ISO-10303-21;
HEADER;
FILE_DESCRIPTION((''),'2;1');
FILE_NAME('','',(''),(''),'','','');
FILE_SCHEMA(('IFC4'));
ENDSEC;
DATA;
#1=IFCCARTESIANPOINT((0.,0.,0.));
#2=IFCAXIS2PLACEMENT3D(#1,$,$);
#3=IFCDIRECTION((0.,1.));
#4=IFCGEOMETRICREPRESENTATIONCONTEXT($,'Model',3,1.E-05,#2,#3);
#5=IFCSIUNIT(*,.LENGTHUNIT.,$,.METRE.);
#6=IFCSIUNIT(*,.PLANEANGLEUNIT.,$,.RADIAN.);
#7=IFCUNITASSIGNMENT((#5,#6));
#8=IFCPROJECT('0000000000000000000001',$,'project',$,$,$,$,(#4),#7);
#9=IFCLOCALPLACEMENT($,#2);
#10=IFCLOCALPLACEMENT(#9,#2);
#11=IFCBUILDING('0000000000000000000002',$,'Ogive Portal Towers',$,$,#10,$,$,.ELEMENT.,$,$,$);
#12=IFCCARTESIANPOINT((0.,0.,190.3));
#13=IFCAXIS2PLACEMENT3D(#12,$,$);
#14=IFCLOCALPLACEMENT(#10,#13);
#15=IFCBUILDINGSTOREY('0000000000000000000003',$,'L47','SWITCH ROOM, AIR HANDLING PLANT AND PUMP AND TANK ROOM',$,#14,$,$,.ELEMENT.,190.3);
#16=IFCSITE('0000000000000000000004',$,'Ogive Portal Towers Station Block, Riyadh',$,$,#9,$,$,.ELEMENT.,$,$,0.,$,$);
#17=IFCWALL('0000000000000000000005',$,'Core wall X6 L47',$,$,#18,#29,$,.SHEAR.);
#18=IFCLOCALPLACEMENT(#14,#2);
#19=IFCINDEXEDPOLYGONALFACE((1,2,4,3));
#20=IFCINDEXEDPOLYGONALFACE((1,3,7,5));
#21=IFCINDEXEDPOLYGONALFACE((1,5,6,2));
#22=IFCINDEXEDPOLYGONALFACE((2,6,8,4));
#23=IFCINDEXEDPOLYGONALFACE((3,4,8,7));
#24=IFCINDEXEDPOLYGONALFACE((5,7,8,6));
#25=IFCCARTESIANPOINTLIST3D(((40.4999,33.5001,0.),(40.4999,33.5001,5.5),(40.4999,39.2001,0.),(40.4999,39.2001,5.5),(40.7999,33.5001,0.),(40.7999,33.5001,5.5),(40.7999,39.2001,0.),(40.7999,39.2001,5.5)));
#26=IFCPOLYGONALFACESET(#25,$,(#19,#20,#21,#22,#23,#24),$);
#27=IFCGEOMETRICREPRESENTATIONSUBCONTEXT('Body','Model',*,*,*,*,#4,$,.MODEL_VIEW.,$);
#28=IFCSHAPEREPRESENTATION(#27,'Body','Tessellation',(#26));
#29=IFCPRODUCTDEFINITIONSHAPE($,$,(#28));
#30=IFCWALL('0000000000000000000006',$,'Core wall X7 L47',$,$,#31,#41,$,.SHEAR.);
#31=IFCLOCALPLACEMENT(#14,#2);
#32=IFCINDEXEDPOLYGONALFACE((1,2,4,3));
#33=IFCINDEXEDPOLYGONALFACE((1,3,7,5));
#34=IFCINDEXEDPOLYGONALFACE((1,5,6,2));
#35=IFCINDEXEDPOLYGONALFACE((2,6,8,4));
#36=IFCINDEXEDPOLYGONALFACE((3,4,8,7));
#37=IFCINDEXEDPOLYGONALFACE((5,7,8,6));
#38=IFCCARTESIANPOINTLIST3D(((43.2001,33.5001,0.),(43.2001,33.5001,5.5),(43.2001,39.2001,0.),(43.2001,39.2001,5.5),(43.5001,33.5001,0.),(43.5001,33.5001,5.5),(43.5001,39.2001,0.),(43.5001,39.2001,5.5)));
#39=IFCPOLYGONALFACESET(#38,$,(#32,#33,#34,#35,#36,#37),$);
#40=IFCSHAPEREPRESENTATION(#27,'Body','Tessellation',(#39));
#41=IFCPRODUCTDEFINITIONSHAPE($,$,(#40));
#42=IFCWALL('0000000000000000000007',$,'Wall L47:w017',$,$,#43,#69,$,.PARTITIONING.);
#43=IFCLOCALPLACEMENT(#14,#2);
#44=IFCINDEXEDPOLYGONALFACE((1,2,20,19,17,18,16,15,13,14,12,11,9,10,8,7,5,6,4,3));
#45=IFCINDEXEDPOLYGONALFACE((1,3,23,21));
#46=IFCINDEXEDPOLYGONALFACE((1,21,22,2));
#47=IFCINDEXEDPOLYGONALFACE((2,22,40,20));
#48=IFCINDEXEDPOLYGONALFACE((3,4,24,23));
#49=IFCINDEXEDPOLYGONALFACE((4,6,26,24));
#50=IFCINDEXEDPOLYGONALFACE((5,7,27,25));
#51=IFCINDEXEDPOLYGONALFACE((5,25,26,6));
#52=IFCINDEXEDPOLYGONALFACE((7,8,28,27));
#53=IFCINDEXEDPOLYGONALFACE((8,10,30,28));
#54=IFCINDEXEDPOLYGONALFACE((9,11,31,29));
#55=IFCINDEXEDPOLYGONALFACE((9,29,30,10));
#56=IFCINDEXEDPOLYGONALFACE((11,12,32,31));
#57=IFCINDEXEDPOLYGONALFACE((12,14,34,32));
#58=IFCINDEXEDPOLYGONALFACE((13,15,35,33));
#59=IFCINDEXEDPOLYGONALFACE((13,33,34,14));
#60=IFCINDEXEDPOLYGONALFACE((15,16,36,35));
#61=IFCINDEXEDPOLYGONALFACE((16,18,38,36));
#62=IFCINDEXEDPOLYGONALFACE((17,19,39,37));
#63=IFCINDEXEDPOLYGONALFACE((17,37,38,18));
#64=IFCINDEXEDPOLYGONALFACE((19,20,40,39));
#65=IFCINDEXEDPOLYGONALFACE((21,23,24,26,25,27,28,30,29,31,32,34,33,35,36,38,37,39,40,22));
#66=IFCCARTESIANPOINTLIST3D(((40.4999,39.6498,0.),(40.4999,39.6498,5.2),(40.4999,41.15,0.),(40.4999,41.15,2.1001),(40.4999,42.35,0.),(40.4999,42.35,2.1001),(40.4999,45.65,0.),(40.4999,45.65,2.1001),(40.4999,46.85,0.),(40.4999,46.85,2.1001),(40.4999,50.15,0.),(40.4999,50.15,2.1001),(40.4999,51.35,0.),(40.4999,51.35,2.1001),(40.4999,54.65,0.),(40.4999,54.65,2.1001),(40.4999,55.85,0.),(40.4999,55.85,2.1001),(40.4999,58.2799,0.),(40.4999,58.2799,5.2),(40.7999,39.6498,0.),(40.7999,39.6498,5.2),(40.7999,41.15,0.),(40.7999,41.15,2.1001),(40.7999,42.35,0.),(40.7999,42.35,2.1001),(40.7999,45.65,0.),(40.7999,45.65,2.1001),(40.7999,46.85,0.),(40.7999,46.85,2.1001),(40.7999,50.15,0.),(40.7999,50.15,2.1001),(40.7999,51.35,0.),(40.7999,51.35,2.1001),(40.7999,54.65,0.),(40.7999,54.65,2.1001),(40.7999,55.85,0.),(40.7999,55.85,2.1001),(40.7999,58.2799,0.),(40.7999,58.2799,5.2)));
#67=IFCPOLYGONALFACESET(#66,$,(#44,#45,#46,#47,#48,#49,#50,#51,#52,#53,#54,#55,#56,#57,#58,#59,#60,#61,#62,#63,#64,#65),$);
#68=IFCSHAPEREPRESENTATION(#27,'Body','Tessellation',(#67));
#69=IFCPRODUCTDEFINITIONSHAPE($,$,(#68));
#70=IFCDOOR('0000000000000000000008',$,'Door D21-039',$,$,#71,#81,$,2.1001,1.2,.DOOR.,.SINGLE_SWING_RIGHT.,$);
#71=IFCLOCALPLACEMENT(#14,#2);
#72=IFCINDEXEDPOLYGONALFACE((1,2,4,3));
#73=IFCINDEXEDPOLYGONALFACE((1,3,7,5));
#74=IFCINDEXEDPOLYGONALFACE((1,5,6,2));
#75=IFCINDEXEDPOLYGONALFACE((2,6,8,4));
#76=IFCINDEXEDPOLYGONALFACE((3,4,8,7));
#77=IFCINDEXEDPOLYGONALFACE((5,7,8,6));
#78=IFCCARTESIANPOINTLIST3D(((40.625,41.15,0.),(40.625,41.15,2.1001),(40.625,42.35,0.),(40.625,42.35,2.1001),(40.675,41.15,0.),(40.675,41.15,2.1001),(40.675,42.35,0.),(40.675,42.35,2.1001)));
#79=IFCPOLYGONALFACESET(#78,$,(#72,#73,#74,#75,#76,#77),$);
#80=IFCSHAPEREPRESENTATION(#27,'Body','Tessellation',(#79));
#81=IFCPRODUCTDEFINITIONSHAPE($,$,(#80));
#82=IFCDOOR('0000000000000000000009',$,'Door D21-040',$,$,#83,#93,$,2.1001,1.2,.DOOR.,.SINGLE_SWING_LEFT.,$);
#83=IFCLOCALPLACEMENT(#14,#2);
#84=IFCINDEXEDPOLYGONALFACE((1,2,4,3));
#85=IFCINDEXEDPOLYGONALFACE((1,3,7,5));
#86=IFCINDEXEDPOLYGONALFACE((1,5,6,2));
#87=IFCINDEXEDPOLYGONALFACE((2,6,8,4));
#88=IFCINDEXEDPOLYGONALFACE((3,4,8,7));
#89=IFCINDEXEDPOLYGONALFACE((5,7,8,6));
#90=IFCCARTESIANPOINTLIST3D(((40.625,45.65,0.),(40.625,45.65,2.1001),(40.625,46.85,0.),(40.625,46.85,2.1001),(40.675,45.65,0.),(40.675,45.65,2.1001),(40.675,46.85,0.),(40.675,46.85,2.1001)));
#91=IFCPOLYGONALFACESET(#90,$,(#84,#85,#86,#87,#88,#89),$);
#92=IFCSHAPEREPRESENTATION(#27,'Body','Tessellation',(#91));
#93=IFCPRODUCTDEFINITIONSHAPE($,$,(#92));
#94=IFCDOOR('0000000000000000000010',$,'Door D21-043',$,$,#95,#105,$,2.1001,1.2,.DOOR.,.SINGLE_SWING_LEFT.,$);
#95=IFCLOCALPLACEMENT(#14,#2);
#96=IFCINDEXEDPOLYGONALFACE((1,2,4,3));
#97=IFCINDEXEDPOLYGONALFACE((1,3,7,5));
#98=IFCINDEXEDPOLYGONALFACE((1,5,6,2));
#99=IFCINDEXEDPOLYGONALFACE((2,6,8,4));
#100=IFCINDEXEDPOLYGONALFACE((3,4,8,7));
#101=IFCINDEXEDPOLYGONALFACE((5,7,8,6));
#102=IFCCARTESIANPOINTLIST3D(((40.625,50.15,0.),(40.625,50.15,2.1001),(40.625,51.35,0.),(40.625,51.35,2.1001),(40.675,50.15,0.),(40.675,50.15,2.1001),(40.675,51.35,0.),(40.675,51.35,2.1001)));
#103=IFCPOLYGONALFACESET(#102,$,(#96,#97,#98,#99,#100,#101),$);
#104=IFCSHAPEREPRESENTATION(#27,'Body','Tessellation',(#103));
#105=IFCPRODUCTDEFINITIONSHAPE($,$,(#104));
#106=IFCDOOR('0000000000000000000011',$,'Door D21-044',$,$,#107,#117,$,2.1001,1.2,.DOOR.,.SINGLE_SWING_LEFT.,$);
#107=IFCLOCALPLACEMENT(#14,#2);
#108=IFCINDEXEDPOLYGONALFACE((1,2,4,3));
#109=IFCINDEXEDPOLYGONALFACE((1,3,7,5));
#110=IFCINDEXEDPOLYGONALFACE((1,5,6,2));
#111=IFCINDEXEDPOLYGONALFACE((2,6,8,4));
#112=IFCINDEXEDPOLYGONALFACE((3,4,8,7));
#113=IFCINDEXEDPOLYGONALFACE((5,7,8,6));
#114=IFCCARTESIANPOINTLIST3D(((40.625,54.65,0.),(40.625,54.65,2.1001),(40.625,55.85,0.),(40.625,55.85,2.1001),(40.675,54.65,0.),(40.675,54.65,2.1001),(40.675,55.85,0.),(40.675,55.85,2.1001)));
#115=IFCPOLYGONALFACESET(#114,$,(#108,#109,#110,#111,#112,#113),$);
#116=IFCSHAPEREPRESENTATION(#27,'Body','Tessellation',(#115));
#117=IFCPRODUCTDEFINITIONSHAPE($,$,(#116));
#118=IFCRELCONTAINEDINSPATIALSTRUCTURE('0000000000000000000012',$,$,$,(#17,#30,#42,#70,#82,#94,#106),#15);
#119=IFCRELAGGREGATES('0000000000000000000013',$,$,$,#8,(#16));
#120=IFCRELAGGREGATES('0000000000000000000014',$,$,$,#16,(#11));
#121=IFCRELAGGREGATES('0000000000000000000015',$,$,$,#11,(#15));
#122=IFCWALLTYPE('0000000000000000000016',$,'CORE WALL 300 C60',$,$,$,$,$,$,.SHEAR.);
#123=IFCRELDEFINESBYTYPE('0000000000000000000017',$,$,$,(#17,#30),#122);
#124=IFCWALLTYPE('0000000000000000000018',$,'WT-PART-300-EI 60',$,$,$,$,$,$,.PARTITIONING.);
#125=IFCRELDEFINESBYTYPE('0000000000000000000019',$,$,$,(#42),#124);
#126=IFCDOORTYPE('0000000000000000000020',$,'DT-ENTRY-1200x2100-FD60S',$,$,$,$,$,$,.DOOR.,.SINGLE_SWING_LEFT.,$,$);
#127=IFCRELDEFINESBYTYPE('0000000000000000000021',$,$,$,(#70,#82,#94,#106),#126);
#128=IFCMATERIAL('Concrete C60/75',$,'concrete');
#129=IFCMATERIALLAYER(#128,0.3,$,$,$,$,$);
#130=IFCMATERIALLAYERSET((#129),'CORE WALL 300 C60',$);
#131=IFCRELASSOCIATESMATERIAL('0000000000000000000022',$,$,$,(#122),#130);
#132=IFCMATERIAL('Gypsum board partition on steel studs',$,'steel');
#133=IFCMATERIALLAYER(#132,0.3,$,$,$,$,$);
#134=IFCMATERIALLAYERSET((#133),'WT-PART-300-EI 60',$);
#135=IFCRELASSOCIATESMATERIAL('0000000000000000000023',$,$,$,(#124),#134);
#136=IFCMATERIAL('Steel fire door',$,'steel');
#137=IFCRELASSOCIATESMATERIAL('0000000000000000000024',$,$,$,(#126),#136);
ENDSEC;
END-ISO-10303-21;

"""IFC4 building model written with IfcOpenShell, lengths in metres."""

from ifc_helpers import new_model, si_unit, direction, frame, frame_2d, origin, place, context, subcontext, project, spatial, rectangle, extrude, material, layer, layer_set, type_object, element, fill, save


model = new_model("IFC4")

# Units and contexts
model_context = context("Model", 3, precision=1e-05, world=origin(), true_north=direction((0.0, 1.0)))
body_context = subcontext(model_context, "Body", "Model", "MODEL_VIEW")
ifc_project = project(units=[si_unit("LENGTHUNIT", "METRE"), si_unit("PLANEANGLEUNIT", "RADIAN")], contexts=[model_context])

# Site, building, storey
site_placement = place(None, origin())
site = spatial("IfcSite", under=ifc_project, at=site_placement, Name="Ogive Portal Towers Station Block, Riyadh", CompositionType="ELEMENT", RefElevation=0.0)
building_placement = place(site_placement, origin())
building = spatial("IfcBuilding", under=site, at=building_placement, Name="Ogive Portal Towers", CompositionType="ELEMENT")
storey_placement = place(building_placement, frame((0.0, 0.0, 190.3)))
storey = spatial("IfcBuildingStorey", under=building, at=storey_placement, Name="L47", Description="SWITCH ROOM, AIR HANDLING PLANT AND PUMP AND TANK ROOM", CompositionType="ELEMENT", Elevation=190.3)

# Walls
ifc_material_1 = material(Name="Concrete C60/75", Category="concrete")
ifc_layer_1 = layer(ifc_material_1, 0.3)
ifc_layer_set_1 = layer_set([ifc_layer_1], Name="CORE WALL 300 C60")
wall_type_1 = type_object("IfcWallType", Name="CORE WALL 300 C60", PredefinedType="SHEAR", material=ifc_layer_set_1)
for number, where, z_axis, x_axis, name in (
    (1, (40.6499, 33.5, 0.0), (0.0, 0.0, 1.0), (0.0, 1.0, 0.0), "Core wall X6 L47"),
    (2, (43.3501, 33.5, 0.0), (0.0, 0.0, 1.0), (0.0, 1.0, 0.0), "Core wall X7 L47"),
):
    element("IfcWall", number, at=place(storey_placement, frame(where, z_axis=z_axis, x_axis=x_axis)), inside=storey, type_object=wall_type_1, Name=name, PredefinedType="SHEAR", context=body_context, shape_type="SweptSolid", body=[
        extrude(rectangle(XDim=5.7, YDim=0.3, at=frame_2d((2.8501, 0.0))), origin(), (0.0, 0.0, 1.0), 5.5),
    ])

# Wall, openings, doors
ifc_material_2 = material(Name="Gypsum board partition on steel studs", Category="steel")
ifc_layer_2 = layer(ifc_material_2, 0.3)
ifc_layer_set_2 = layer_set([ifc_layer_2], Name="WT-PART-300-EI 60")
wall_type_2 = type_object("IfcWallType", Name="WT-PART-300-EI 60", PredefinedType="PARTITIONING", material=ifc_layer_set_2)
wall_1_placement = place(storey_placement, frame((40.6499, 39.6499, 0.0), z_axis=(0.0, 0.0, 1.0), x_axis=(0.0, 1.0, 0.0)))
wall_1 = element("IfcWall", 3, at=wall_1_placement, inside=storey, type_object=wall_type_2, Name="Wall L47:w017", PredefinedType="PARTITIONING", context=body_context, shape_type="SweptSolid", body=[
    extrude(rectangle(XDim=18.6301, YDim=0.3, at=frame_2d((9.3149, 0.0))), origin(), (0.0, 0.0, 1.0), 5.2),
])
opening_1_placement = place(wall_1_placement, frame((1.5, 0.0, 0.0)))
opening_1 = element("IfcOpeningElement", 4, at=opening_1_placement, cuts=wall_1, PredefinedType="OPENING", context=body_context, shape_type="SweptSolid", body=[
    extrude(rectangle(XDim=1.2, YDim=2.1001, at=frame_2d((0.6001, 1.05))), frame((0.0, 0.1602, 0.0), z_axis=(0.0, -1.0, 0.0), x_axis=(1.0, 0.0, 0.0)), (0.0, 0.0, 1.0), 0.3201),
])
opening_2_placement = place(wall_1_placement, frame((6.0, 0.0, 0.0)))
opening_2 = element("IfcOpeningElement", 5, at=opening_2_placement, cuts=wall_1, PredefinedType="OPENING", context=body_context, shape_type="SweptSolid", body=[
    extrude(rectangle(XDim=1.2, YDim=2.1001, at=frame_2d((0.6001, 1.05))), frame((0.0, 0.1602, 0.0), z_axis=(0.0, -1.0, 0.0), x_axis=(1.0, 0.0, 0.0)), (0.0, 0.0, 1.0), 0.3201),
])
opening_3_placement = place(wall_1_placement, frame((10.5, 0.0, 0.0)))
opening_3 = element("IfcOpeningElement", 6, at=opening_3_placement, cuts=wall_1, PredefinedType="OPENING", context=body_context, shape_type="SweptSolid", body=[
    extrude(rectangle(XDim=1.2, YDim=2.1001, at=frame_2d((0.6001, 1.05))), frame((0.0, 0.1602, 0.0), z_axis=(0.0, -1.0, 0.0), x_axis=(1.0, 0.0, 0.0)), (0.0, 0.0, 1.0), 0.3201),
])
opening_4_placement = place(wall_1_placement, frame((15.0, 0.0, 0.0)))
opening_4 = element("IfcOpeningElement", 7, at=opening_4_placement, cuts=wall_1, PredefinedType="OPENING", context=body_context, shape_type="SweptSolid", body=[
    extrude(rectangle(XDim=1.2, YDim=2.1001, at=frame_2d((0.6001, 1.05))), frame((0.0, 0.1602, 0.0), z_axis=(0.0, -1.0, 0.0), x_axis=(1.0, 0.0, 0.0)), (0.0, 0.0, 1.0), 0.3201),
])
ifc_material_3 = material(Name="Steel fire door", Category="steel")
door_type_1 = type_object("IfcDoorType", Name="DT-ENTRY-1200x2100-FD60S", OperationType="SINGLE_SWING_LEFT", PredefinedType="DOOR", material=ifc_material_3)
door_1_placement = place(opening_1_placement, origin())
door_1 = element("IfcDoor", 8, at=door_1_placement, inside=storey, type_object=door_type_1, Name="Door D21-039", OperationType="SINGLE_SWING_RIGHT", OverallHeight=2.1001, OverallWidth=1.2, PredefinedType="DOOR", context=body_context, shape_type="SweptSolid", body=[
    extrude(rectangle(XDim=1.2, YDim=2.1001, at=frame_2d((0.6001, 1.05))), frame((0.0, 0.0249, 0.0), z_axis=(0.0, -1.0, 0.0), x_axis=(1.0, 0.0, 0.0)), (0.0, 0.0, 1.0), 0.05),
])
fill(opening_1, door_1)
door_2_placement = place(opening_2_placement, origin())
door_2 = element("IfcDoor", 9, at=door_2_placement, inside=storey, type_object=door_type_1, Name="Door D21-040", OperationType="SINGLE_SWING_LEFT", OverallHeight=2.1001, OverallWidth=1.2, PredefinedType="DOOR", context=body_context, shape_type="SweptSolid", body=[
    extrude(rectangle(XDim=1.2, YDim=2.1001, at=frame_2d((0.6001, 1.05))), frame((0.0, 0.0249, 0.0), z_axis=(0.0, -1.0, 0.0), x_axis=(1.0, 0.0, 0.0)), (0.0, 0.0, 1.0), 0.05),
])
fill(opening_2, door_2)
door_3_placement = place(opening_3_placement, origin())
door_3 = element("IfcDoor", 10, at=door_3_placement, inside=storey, type_object=door_type_1, Name="Door D21-043", OperationType="SINGLE_SWING_LEFT", OverallHeight=2.1001, OverallWidth=1.2, PredefinedType="DOOR", context=body_context, shape_type="SweptSolid", body=[
    extrude(rectangle(XDim=1.2, YDim=2.1001, at=frame_2d((0.6001, 1.05))), frame((0.0, 0.0249, 0.0), z_axis=(0.0, -1.0, 0.0), x_axis=(1.0, 0.0, 0.0)), (0.0, 0.0, 1.0), 0.05),
])
fill(opening_3, door_3)
door_4_placement = place(opening_4_placement, origin())
door_4 = element("IfcDoor", 11, at=door_4_placement, inside=storey, type_object=door_type_1, Name="Door D21-044", OperationType="SINGLE_SWING_LEFT", OverallHeight=2.1001, OverallWidth=1.2, PredefinedType="DOOR", context=body_context, shape_type="SweptSolid", body=[
    extrude(rectangle(XDim=1.2, YDim=2.1001, at=frame_2d((0.6001, 1.05))), frame((0.0, 0.0249, 0.0), z_axis=(0.0, -1.0, 0.0), x_axis=(1.0, 0.0, 0.0)), (0.0, 0.0, 1.0), 0.05),
])
fill(opening_4, door_4)

save(model, "model.ifc")
